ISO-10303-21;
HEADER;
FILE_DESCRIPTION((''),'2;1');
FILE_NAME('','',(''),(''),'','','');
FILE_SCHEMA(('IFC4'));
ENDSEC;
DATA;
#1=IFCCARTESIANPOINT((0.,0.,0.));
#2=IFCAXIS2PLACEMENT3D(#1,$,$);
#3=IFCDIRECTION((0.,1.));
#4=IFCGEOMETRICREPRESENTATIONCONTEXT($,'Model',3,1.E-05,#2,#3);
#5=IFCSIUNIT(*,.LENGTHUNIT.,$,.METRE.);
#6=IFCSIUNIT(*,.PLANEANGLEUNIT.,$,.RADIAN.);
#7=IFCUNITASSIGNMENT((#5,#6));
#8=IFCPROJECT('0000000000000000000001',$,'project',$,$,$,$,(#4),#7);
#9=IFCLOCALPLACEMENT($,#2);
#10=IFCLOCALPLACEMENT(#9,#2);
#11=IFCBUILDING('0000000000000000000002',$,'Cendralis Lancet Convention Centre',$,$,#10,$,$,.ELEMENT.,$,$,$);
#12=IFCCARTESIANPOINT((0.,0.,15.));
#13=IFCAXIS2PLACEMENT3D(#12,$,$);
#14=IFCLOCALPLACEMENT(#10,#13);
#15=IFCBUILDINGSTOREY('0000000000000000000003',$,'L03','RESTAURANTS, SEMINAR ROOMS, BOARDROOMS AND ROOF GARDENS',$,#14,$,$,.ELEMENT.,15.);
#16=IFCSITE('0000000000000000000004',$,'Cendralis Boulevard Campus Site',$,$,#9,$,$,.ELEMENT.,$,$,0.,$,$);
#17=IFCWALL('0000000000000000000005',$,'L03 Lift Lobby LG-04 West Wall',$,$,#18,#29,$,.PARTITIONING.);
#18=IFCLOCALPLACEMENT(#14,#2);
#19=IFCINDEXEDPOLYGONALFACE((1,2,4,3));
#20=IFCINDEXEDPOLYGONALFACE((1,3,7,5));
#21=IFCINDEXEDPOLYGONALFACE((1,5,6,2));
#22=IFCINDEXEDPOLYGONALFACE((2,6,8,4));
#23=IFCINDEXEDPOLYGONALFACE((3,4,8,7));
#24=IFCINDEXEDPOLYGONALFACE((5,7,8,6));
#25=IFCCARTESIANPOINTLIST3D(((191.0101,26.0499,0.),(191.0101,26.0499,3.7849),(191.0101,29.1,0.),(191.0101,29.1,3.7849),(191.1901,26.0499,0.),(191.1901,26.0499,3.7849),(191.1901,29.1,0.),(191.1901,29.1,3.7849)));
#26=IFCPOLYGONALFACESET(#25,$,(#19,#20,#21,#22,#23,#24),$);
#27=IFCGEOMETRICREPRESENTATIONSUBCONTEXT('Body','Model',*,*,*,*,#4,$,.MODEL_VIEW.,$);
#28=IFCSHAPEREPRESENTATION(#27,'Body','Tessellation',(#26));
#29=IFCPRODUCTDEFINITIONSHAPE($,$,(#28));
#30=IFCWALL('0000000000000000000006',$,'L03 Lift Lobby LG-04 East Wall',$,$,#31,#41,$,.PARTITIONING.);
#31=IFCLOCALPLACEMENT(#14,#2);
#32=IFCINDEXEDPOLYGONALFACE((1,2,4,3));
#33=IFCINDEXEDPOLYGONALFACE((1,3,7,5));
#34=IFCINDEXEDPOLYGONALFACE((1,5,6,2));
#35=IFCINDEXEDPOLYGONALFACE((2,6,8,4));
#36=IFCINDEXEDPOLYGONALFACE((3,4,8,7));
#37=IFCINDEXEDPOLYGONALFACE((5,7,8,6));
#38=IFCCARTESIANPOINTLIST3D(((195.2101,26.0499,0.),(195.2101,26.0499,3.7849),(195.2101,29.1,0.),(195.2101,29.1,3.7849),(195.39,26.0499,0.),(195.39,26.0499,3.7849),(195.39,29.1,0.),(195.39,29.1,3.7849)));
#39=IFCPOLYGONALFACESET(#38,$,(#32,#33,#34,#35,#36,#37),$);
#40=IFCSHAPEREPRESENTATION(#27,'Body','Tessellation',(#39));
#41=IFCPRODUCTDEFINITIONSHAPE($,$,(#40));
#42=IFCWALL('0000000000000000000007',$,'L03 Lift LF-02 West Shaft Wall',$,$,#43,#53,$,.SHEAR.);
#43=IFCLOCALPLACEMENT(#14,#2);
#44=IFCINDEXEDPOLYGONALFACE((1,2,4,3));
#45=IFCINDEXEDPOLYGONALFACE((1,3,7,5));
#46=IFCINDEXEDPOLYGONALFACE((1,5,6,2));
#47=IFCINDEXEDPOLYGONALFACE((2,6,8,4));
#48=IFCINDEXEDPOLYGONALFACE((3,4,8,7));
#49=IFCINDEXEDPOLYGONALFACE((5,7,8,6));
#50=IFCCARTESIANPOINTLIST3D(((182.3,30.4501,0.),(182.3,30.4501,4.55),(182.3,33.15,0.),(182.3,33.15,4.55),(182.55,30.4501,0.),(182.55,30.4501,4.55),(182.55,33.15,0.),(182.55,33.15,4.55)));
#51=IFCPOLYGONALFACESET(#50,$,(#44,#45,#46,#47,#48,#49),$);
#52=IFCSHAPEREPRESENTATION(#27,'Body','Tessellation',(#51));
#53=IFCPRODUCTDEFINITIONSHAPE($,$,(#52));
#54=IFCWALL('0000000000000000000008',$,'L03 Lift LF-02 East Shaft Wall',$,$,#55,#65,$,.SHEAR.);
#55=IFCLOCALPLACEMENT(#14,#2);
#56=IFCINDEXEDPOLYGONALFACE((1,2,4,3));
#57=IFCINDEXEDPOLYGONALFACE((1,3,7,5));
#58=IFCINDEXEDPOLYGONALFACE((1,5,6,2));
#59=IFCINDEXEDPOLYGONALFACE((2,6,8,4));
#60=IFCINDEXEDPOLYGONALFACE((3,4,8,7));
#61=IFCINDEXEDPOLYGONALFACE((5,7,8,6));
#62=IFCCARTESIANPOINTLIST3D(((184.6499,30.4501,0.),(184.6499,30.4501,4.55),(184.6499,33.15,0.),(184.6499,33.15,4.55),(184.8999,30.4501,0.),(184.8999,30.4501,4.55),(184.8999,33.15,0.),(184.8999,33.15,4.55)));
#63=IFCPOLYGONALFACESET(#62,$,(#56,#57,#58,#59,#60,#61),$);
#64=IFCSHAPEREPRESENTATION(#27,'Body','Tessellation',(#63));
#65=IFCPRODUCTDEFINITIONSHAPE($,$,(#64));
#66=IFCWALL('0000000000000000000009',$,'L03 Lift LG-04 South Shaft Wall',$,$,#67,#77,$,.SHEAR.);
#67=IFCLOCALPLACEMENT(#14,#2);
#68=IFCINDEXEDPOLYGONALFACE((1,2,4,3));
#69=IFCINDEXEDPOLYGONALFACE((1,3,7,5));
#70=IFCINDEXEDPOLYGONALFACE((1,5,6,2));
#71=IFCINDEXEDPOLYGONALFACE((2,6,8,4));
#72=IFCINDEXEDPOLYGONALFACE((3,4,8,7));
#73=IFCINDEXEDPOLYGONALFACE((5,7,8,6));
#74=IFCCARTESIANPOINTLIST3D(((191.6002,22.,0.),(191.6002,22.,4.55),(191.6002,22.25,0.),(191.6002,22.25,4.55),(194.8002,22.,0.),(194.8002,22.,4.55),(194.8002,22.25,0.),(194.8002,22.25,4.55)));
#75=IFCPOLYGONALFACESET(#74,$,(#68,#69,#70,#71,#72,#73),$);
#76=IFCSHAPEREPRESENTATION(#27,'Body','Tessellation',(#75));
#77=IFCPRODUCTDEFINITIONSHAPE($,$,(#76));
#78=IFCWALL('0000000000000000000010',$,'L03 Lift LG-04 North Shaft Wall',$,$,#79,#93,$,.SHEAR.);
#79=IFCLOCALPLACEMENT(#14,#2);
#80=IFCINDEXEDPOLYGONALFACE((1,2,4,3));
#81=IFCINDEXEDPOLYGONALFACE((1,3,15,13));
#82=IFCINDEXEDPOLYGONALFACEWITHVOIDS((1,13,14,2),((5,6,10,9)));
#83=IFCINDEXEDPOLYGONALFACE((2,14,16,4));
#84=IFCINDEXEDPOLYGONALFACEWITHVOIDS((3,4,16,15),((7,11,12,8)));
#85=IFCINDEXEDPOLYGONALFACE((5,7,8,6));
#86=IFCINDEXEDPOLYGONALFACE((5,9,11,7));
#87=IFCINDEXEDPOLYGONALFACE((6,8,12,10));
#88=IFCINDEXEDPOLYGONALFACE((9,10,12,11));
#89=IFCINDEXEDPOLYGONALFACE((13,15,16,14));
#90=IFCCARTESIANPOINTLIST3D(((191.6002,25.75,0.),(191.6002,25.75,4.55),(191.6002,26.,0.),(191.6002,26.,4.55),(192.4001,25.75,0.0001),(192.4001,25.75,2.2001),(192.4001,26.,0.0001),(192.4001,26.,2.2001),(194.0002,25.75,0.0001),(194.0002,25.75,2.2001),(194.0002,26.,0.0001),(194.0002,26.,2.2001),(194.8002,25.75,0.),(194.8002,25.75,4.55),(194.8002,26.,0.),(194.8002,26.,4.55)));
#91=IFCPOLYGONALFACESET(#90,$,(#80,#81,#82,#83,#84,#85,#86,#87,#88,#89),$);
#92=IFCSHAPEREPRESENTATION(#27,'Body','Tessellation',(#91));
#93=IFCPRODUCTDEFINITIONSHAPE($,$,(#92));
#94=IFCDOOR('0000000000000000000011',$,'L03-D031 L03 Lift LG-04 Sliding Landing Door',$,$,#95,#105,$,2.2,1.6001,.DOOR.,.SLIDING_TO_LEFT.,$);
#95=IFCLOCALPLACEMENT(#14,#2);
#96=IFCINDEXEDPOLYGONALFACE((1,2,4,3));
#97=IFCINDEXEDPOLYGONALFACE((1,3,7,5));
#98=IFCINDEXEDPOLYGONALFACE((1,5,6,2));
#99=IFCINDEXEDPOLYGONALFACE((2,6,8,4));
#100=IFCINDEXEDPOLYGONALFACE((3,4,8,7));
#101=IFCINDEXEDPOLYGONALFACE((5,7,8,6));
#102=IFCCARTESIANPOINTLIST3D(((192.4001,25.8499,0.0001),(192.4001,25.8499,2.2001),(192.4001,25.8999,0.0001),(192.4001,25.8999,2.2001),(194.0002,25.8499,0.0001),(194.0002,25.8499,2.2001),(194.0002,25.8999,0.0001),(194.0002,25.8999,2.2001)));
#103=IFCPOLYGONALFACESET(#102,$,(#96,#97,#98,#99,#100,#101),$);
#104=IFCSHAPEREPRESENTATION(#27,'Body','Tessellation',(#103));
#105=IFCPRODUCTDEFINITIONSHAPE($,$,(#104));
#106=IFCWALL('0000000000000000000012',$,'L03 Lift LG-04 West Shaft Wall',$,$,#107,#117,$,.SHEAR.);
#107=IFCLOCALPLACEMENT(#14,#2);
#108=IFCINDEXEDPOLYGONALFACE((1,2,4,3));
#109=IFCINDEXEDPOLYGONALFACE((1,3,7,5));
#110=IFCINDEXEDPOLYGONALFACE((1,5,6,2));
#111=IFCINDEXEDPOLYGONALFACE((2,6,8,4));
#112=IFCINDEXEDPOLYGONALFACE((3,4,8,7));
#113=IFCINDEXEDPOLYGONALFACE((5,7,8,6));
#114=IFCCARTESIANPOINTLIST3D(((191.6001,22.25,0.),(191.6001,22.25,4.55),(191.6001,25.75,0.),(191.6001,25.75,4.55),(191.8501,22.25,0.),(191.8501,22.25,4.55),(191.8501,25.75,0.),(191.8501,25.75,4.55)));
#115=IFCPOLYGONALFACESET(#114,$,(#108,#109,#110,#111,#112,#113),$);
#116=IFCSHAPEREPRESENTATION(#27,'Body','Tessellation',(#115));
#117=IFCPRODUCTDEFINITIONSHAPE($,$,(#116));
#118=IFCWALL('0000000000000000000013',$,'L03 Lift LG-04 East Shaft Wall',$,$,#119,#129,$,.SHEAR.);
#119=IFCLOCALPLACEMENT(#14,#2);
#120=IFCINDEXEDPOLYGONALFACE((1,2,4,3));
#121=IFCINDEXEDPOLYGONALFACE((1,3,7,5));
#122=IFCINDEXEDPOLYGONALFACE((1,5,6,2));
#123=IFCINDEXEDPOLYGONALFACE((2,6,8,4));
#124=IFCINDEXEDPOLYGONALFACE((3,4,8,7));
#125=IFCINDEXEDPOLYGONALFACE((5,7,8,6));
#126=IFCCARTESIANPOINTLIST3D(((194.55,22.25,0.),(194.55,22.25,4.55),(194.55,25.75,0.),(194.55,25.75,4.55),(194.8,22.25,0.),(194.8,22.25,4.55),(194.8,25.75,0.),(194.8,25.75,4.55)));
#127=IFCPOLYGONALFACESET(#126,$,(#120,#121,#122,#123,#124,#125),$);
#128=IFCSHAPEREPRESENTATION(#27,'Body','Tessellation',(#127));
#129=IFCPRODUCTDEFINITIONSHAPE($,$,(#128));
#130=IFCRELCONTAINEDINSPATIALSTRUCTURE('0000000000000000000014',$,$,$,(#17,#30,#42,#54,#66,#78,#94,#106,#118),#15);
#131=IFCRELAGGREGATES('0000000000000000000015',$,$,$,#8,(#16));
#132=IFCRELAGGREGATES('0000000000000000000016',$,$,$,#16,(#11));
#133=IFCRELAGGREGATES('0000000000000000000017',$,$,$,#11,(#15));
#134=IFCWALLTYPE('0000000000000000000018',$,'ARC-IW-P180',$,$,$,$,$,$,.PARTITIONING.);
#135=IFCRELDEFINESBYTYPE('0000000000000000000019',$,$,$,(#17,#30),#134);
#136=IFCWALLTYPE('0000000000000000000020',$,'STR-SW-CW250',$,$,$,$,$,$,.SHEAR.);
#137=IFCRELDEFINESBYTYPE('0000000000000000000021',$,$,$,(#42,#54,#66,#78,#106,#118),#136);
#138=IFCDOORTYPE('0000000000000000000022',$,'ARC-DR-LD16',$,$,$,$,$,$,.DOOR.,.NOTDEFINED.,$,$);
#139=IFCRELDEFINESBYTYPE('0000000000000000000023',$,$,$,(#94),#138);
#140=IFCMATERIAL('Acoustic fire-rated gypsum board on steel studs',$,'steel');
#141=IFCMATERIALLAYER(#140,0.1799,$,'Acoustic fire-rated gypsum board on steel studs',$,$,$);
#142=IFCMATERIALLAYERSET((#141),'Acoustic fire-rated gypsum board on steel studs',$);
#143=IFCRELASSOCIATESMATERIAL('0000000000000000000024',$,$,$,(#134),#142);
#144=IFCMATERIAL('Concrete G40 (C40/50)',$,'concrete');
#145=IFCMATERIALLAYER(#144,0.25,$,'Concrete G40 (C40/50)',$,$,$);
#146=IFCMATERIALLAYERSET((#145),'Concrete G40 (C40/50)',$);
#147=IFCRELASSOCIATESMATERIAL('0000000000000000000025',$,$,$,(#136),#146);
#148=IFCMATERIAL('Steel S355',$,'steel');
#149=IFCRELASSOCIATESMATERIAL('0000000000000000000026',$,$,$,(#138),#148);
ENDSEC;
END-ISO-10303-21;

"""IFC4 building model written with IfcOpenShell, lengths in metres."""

from ifc_helpers import new_model, si_unit, direction, frame, frame_2d, origin, place, context, subcontext, project, spatial, rectangle, extrude, material, layer, layer_set, type_object, element, fill, save


model = new_model("IFC4")

# Units and contexts
model_context = context("Model", 3, precision=1e-05, world=origin(), true_north=direction((0.0, 1.0)))
body_context = subcontext(model_context, "Body", "Model", "MODEL_VIEW")
ifc_project = project(units=[si_unit("LENGTHUNIT", "METRE"), si_unit("PLANEANGLEUNIT", "RADIAN")], contexts=[model_context])

# Site, building, storey
site_placement = place(None, origin())
site = spatial("IfcSite", under=ifc_project, at=site_placement, Name="Cendralis Boulevard Campus Site", CompositionType="ELEMENT", RefElevation=0.0)
building_placement = place(site_placement, origin())
building = spatial("IfcBuilding", under=site, at=building_placement, Name="Cendralis Lancet Convention Centre", CompositionType="ELEMENT")
storey_placement = place(building_placement, frame((0.0, 0.0, 15.0)))
storey = spatial("IfcBuildingStorey", under=building, at=storey_placement, Name="L03", Description="RESTAURANTS, SEMINAR ROOMS, BOARDROOMS AND ROOF GARDENS", CompositionType="ELEMENT", Elevation=15.0)

# Shared definitions
ifc_material_1 = material(Name="Concrete G40 (C40/50)", Category="concrete")

# Shared definitions
ifc_material_2 = material(Name="Steel S355", Category="steel")

# Shared definitions
ifc_material_3 = material(Name="Acoustic fire-rated gypsum board on steel studs", Category="steel")
ifc_layer_1 = layer(ifc_material_3, 0.1799, Name="Acoustic fire-rated gypsum board on steel studs")
ifc_layer_set_1 = layer_set([ifc_layer_1], Name="Acoustic fire-rated gypsum board on steel studs")
wall_type_1 = type_object("IfcWallType", Name="ARC-IW-P180", PredefinedType="PARTITIONING", material=ifc_layer_set_1)

# Walls
for number, where, z_axis, x_axis, name in (
    (1, (191.1001, 26.05, 0.0), (0.0, 0.0, 1.0), (0.0, 1.0, 0.0), "L03 Lift Lobby LG-04 West Wall"),
    (2, (195.3, 26.05, 0.0), (0.0, 0.0, 1.0), (0.0, 1.0, 0.0), "L03 Lift Lobby LG-04 East Wall"),
):
    element("IfcWall", number, at=place(storey_placement, frame(where, z_axis=z_axis, x_axis=x_axis)), inside=storey, type_object=wall_type_1, Name=name, PredefinedType="PARTITIONING", context=body_context, shape_type="SweptSolid", body=[
        extrude(rectangle(XDim=3.05, YDim=0.1799, at=frame_2d((1.5249, 0.0))), origin(), (0.0, 0.0, 1.0), 3.7849),
    ])
ifc_layer_2 = layer(ifc_material_1, 0.25, Name="Concrete G40 (C40/50)")
ifc_layer_set_2 = layer_set([ifc_layer_2], Name="Concrete G40 (C40/50)")
wall_type_2 = type_object("IfcWallType", Name="STR-SW-CW250", PredefinedType="SHEAR", material=ifc_layer_set_2)
for number, where, z_axis, x_axis, name in (
    (3, (182.425, 30.45, 0.0), (0.0, 0.0, 1.0), (0.0, 1.0, 0.0), "L03 Lift LF-02 West Shaft Wall"),
    (4, (184.7749, 30.45, 0.0), (0.0, 0.0, 1.0), (0.0, 1.0, 0.0), "L03 Lift LF-02 East Shaft Wall"),
):
    element("IfcWall", number, at=place(storey_placement, frame(where, z_axis=z_axis, x_axis=x_axis)), inside=storey, type_object=wall_type_2, Name=name, PredefinedType="SHEAR", context=body_context, shape_type="SweptSolid", body=[
        extrude(rectangle(XDim=2.7, YDim=0.25, at=frame_2d((1.3501, 0.0))), origin(), (0.0, 0.0, 1.0), 4.55),
    ])
wall_1_placement = place(storey_placement, frame((191.6001, 22.125, 0.0), z_axis=(0.0, 0.0, 1.0), x_axis=(1.0, 0.0, 0.0)))
element("IfcWall", 5, at=wall_1_placement, inside=storey, type_object=wall_type_2, Name="L03 Lift LG-04 South Shaft Wall", PredefinedType="SHEAR", context=body_context, shape_type="SweptSolid", body=[
    extrude(rectangle(XDim=3.2, YDim=0.25, at=frame_2d((1.6001, 0.0))), origin(), (0.0, 0.0, 1.0), 4.55),
])

# Wall, opening, door
wall_2_placement = place(storey_placement, frame((191.6001, 25.875, 0.0), z_axis=(0.0, 0.0, 1.0), x_axis=(1.0, 0.0, 0.0)))
wall_2 = element("IfcWall", 6, at=wall_2_placement, inside=storey, type_object=wall_type_2, Name="L03 Lift LG-04 North Shaft Wall", PredefinedType="SHEAR", context=body_context, shape_type="SweptSolid", body=[
    extrude(rectangle(XDim=3.2, YDim=0.25, at=frame_2d((1.6001, 0.0))), origin(), (0.0, 0.0, 1.0), 4.55),
])
opening_1_placement = place(wall_2_placement, frame((0.8, 0.0, 0.0)))
opening_1 = element("IfcOpeningElement", 7, at=opening_1_placement, cuts=wall_2, PredefinedType="OPENING", context=body_context, shape_type="SweptSolid", body=[
    extrude(rectangle(XDim=1.6001, YDim=2.2, at=frame_2d((0.8, 1.1001))), frame((0.0, 0.135, 0.0), z_axis=(0.0, -1.0, 0.0), x_axis=(1.0, 0.0, 0.0)), (0.0, 0.0, 1.0), 0.27),
])
door_type_1 = type_object("IfcDoorType", Name="ARC-DR-LD16", OperationType="NOTDEFINED", PredefinedType="DOOR", material=ifc_material_2)
door_1_placement = place(opening_1_placement, origin())
door_1 = element("IfcDoor", 8, at=door_1_placement, inside=storey, type_object=door_type_1, Name="L03-D031 L03 Lift LG-04 Sliding Landing Door", OperationType="SLIDING_TO_LEFT", OverallHeight=2.2, OverallWidth=1.6001, PredefinedType="DOOR", context=body_context, shape_type="SweptSolid", body=[
    extrude(rectangle(XDim=1.6001, YDim=2.2, at=frame_2d((0.8, 1.1001))), frame((0.0, 0.0249, 0.0), z_axis=(0.0, -1.0, 0.0), x_axis=(1.0, 0.0, 0.0)), (0.0, 0.0, 1.0), 0.05),
])
fill(opening_1, door_1)

# Walls
for number, where, z_axis, x_axis, name in (
    (9, (191.7251, 22.25, 0.0), (0.0, 0.0, 1.0), (0.0, 1.0, 0.0), "L03 Lift LG-04 West Shaft Wall"),
    (10, (194.675, 22.25, 0.0), (0.0, 0.0, 1.0), (0.0, 1.0, 0.0), "L03 Lift LG-04 East Shaft Wall"),
):
    element("IfcWall", number, at=place(storey_placement, frame(where, z_axis=z_axis, x_axis=x_axis)), inside=storey, type_object=wall_type_2, Name=name, PredefinedType="SHEAR", context=body_context, shape_type="SweptSolid", body=[
        extrude(rectangle(XDim=3.5, YDim=0.25, at=frame_2d((1.75, 0.0))), origin(), (0.0, 0.0, 1.0), 4.55),
    ])

save(model, "model.ifc")
